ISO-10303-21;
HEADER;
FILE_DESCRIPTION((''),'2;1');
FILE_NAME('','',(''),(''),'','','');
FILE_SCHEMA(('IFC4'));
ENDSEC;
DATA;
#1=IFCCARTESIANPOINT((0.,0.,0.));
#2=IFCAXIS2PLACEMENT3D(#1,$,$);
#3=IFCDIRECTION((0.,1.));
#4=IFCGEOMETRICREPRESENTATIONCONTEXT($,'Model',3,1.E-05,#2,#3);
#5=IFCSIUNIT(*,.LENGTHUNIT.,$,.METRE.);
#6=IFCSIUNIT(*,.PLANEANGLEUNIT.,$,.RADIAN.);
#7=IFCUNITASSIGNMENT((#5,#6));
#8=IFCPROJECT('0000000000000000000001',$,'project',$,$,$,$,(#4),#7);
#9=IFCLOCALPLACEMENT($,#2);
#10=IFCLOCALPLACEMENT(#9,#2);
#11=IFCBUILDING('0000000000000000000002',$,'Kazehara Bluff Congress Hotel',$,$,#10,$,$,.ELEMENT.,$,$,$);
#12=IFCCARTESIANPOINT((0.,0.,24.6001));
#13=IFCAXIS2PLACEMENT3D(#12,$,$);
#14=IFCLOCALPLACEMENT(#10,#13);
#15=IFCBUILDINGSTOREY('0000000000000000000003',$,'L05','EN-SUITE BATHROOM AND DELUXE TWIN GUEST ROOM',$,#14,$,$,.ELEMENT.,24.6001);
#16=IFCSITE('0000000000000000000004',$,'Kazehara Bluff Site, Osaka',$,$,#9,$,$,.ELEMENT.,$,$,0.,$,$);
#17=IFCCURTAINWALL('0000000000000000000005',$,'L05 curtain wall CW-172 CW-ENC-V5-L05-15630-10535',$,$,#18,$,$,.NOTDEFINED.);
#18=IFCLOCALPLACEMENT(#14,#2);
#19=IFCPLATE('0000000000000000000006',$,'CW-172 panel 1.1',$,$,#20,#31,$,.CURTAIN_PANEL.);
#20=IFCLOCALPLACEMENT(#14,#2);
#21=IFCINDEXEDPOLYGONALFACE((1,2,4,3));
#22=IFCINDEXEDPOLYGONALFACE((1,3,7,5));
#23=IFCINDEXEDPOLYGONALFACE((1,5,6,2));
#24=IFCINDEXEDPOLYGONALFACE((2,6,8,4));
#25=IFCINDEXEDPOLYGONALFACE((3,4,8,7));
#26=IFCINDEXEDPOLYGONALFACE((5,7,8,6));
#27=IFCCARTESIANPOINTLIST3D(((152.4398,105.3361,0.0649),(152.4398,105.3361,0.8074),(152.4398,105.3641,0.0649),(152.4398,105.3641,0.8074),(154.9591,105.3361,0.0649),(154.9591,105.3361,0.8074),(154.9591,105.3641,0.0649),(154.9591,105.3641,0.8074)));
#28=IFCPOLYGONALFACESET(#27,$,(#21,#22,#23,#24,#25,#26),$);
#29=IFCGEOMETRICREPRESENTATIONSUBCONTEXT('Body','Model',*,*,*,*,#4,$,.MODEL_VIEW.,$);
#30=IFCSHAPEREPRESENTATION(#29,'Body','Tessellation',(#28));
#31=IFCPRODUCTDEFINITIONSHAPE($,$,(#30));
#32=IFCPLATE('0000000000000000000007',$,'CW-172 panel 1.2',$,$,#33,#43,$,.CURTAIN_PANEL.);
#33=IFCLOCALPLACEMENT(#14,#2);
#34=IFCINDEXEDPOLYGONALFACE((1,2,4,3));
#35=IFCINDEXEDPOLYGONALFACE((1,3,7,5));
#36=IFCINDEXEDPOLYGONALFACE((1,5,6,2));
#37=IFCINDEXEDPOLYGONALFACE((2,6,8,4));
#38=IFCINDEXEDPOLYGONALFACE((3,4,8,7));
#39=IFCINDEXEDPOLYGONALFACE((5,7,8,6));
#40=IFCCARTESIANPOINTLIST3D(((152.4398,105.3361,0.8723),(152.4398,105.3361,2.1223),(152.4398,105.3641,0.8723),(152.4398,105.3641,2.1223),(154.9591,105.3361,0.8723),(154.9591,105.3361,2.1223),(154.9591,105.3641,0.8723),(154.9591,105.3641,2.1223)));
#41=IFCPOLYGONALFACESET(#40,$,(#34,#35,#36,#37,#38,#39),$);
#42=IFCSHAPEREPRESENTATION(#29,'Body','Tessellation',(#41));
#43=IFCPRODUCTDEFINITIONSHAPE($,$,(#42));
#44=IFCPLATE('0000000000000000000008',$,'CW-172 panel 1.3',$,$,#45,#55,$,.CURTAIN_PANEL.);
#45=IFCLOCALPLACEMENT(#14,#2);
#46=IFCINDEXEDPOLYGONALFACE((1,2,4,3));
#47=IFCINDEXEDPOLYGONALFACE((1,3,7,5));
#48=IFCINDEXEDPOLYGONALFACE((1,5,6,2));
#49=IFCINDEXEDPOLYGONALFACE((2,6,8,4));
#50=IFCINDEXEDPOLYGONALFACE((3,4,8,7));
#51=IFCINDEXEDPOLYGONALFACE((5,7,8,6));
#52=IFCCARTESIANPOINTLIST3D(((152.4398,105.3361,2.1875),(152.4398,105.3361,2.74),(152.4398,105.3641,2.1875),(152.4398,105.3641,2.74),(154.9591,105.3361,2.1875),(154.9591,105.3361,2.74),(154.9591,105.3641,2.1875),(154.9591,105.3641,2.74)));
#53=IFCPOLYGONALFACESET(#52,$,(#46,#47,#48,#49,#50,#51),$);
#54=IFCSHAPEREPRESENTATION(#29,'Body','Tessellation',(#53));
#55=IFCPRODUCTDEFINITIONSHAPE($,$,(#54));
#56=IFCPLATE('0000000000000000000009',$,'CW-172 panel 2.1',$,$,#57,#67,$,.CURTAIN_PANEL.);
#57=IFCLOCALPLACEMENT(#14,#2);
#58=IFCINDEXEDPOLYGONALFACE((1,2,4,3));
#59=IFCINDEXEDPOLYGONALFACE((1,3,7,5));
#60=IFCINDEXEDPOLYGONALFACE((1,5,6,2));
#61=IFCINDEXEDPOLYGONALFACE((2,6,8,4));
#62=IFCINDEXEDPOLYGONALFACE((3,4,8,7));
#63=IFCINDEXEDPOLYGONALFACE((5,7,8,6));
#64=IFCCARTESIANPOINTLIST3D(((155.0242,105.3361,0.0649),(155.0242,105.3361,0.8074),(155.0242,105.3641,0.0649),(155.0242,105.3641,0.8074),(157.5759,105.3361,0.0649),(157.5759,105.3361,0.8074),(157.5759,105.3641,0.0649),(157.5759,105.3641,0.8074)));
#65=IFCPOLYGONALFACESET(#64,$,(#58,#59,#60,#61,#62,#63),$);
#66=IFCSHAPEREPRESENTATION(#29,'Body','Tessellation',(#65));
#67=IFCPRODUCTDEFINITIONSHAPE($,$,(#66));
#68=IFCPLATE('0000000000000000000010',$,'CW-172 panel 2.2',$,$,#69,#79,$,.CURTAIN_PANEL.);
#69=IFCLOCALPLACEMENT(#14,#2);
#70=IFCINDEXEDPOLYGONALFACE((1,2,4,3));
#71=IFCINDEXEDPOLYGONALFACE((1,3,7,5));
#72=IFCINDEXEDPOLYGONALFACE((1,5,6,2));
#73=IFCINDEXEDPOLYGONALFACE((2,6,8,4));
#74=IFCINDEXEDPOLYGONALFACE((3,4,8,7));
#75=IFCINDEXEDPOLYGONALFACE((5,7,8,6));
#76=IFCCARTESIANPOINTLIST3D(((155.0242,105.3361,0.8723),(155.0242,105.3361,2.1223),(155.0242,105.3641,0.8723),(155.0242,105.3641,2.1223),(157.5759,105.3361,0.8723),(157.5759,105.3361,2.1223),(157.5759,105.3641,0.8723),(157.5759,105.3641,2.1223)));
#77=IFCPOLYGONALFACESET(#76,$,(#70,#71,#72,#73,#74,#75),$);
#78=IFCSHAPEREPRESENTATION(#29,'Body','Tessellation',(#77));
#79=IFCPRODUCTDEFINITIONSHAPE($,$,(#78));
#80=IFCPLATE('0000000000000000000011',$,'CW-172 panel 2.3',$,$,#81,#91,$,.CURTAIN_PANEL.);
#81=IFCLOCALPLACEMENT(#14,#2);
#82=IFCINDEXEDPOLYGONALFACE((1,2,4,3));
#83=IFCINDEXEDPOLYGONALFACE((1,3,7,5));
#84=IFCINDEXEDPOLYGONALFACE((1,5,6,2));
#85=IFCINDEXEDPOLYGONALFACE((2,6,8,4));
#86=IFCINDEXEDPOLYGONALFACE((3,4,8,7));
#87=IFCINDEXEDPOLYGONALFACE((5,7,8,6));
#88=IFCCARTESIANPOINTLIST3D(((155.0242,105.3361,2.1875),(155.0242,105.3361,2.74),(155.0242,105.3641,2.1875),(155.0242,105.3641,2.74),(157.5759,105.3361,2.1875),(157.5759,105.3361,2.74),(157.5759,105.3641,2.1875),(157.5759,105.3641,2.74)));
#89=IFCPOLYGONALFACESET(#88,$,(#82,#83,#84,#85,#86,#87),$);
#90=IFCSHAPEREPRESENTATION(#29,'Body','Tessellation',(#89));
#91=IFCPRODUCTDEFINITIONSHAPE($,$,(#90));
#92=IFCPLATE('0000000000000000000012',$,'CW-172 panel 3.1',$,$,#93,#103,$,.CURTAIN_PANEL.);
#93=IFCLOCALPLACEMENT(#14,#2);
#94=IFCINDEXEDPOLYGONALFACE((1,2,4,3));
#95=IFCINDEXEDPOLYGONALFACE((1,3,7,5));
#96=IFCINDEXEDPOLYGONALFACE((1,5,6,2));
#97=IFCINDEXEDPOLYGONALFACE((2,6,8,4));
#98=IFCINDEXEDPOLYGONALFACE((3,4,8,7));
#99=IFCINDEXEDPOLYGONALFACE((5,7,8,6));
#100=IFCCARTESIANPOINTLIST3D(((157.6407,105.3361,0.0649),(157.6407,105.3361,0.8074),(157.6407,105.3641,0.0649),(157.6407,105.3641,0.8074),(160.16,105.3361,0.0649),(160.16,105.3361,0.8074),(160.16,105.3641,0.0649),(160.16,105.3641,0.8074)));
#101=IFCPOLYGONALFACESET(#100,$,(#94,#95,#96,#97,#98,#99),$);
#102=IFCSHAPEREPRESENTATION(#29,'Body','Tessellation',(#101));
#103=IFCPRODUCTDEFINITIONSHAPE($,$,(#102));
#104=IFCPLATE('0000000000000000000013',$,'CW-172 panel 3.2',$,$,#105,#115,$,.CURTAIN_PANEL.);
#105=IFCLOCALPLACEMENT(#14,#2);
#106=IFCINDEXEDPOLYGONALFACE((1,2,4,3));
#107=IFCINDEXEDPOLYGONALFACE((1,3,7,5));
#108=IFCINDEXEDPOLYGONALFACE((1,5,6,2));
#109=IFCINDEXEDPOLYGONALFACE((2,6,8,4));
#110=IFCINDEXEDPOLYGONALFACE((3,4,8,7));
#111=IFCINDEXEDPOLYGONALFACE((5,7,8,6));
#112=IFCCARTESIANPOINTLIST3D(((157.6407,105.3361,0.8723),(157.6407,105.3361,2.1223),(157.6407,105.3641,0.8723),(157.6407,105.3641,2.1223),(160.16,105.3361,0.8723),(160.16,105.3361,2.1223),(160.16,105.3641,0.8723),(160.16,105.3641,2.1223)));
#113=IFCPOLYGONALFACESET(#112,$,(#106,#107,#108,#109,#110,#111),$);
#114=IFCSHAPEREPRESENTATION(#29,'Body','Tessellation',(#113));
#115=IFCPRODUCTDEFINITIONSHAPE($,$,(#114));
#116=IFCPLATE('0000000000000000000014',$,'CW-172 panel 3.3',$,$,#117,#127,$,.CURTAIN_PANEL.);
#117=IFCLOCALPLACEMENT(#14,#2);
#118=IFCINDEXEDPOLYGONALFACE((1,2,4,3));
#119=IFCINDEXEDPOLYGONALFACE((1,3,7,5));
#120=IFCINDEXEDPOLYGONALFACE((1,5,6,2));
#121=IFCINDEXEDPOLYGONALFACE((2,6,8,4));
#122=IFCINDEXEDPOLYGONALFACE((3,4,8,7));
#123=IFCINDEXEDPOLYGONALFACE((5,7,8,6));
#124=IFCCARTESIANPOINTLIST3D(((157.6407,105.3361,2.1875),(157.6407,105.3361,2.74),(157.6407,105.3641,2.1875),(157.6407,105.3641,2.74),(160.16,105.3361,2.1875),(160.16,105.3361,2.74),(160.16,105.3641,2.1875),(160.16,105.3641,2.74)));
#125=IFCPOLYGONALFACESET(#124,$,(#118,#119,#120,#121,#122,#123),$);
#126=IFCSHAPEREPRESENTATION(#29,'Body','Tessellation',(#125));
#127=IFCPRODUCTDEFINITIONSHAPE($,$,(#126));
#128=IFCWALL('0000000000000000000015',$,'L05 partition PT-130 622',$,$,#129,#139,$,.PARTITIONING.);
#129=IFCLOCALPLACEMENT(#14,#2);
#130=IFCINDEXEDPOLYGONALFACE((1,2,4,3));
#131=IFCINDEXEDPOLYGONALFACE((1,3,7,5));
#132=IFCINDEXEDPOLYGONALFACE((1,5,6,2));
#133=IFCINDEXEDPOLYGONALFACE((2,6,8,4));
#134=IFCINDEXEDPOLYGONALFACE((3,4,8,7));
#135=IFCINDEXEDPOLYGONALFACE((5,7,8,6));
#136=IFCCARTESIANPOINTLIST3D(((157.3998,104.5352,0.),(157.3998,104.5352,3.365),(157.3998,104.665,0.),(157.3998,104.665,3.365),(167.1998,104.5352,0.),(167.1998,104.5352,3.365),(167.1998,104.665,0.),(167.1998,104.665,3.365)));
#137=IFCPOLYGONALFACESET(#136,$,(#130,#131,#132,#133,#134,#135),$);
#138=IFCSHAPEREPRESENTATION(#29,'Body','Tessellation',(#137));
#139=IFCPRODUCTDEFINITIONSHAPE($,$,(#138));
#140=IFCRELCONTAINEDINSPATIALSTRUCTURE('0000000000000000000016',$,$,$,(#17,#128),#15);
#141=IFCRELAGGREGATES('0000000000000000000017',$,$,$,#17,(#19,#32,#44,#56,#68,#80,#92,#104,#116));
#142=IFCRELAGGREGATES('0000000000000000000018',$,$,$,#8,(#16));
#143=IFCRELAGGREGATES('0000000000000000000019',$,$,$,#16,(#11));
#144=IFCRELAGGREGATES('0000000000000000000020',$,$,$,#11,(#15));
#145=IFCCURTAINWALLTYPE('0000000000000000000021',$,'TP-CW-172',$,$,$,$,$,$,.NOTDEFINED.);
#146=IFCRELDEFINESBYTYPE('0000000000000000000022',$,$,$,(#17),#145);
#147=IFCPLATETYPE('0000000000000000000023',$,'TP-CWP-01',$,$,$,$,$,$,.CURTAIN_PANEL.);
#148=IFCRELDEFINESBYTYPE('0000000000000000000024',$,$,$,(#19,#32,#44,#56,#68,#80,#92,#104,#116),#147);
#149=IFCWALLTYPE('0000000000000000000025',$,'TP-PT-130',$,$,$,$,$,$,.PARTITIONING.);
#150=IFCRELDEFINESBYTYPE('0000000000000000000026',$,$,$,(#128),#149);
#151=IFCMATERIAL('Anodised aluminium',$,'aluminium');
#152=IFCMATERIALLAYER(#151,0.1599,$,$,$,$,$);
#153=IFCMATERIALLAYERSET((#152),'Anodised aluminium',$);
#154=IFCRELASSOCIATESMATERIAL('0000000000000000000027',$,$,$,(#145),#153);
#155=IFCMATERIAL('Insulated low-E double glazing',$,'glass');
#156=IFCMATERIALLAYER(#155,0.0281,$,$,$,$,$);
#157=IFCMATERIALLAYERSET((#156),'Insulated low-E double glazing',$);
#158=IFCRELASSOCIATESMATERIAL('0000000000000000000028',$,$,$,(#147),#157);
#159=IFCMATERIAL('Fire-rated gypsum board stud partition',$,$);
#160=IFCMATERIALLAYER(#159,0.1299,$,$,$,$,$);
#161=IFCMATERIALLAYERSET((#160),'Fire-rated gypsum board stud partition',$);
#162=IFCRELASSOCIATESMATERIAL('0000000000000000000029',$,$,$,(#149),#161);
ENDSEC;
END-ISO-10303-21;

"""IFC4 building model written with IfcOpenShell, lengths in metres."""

from ifc_helpers import new_model, si_unit, direction, frame, frame_2d, origin, origin_2d, place, context, subcontext, project, spatial, rectangle, extrude, material, layer, layer_set, type_object, element, aggregate, save


model = new_model("IFC4")

# Units and contexts
model_context = context("Model", 3, precision=1e-05, world=origin(), true_north=direction((0.0, 1.0)))
body_context = subcontext(model_context, "Body", "Model", "MODEL_VIEW")
ifc_project = project(units=[si_unit("LENGTHUNIT", "METRE"), si_unit("PLANEANGLEUNIT", "RADIAN")], contexts=[model_context])

# Site, building, storey
site_placement = place(None, origin())
site = spatial("IfcSite", under=ifc_project, at=site_placement, Name="Kazehara Bluff Site, Osaka", CompositionType="ELEMENT", RefElevation=0.0)
building_placement = place(site_placement, origin())
building = spatial("IfcBuilding", under=site, at=building_placement, Name="Kazehara Bluff Congress Hotel", CompositionType="ELEMENT")
storey_placement = place(building_placement, frame((0.0, 0.0, 24.6001)))
storey = spatial("IfcBuildingStorey", under=building, at=storey_placement, Name="L05", Description="EN-SUITE BATHROOM AND DELUXE TWIN GUEST ROOM", CompositionType="ELEMENT", Elevation=24.6001)

# Curtain wall
ifc_material_1 = material(Name="Anodised aluminium", Category="aluminium")
ifc_layer_1 = layer(ifc_material_1, 0.1599)
ifc_layer_set_1 = layer_set([ifc_layer_1], Name="Anodised aluminium")
curtain_wall_type = type_object("IfcCurtainWallType", Name="TP-CW-172", PredefinedType="NOTDEFINED", material=ifc_layer_set_1)
curtain_wall_placement = place(storey_placement, origin())
curtain_wall = element("IfcCurtainWall", 1, at=curtain_wall_placement, inside=storey, type_object=curtain_wall_type, Name="L05 curtain wall CW-172 CW-ENC-V5-L05-15630-10535", PredefinedType="NOTDEFINED")

# Plates
ifc_material_2 = material(Name="Insulated low-E double glazing", Category="glass")
ifc_layer_2 = layer(ifc_material_2, 0.0281)
ifc_layer_set_2 = layer_set([ifc_layer_2], Name="Insulated low-E double glazing")
plate_type = type_object("IfcPlateType", Name="TP-CWP-01", PredefinedType="CURTAIN_PANEL", material=ifc_layer_set_2)
plate_1_placement = place(storey_placement, frame((153.6995, 105.3501, 0.0649), z_axis=(0.0, 0.0, 1.0), x_axis=(1.0, 0.0, 0.0)))
plate_1 = element("IfcPlate", 2, at=plate_1_placement, type_object=plate_type, Name="CW-172 panel 1.1", PredefinedType="CURTAIN_PANEL", context=body_context, shape_type="SweptSolid", body=[
    extrude(rectangle(XDim=2.5193, YDim=0.0281, at=origin_2d()), origin(), (0.0, 0.0, 1.0), 0.7424),
])
plate_2_placement = place(storey_placement, frame((153.6995, 105.3501, 0.8723), z_axis=(0.0, 0.0, 1.0), x_axis=(1.0, 0.0, 0.0)))
plate_2 = element("IfcPlate", 3, at=plate_2_placement, type_object=plate_type, Name="CW-172 panel 1.2", PredefinedType="CURTAIN_PANEL", context=body_context, shape_type="SweptSolid", body=[
    extrude(rectangle(XDim=2.5193, YDim=0.0281, at=origin_2d()), origin(), (0.0, 0.0, 1.0), 1.25),
])
plate_3_placement = place(storey_placement, frame((153.6995, 105.3501, 2.1875), z_axis=(0.0, 0.0, 1.0), x_axis=(1.0, 0.0, 0.0)))
plate_3 = element("IfcPlate", 4, at=plate_3_placement, type_object=plate_type, Name="CW-172 panel 1.3", PredefinedType="CURTAIN_PANEL", context=body_context, shape_type="SweptSolid", body=[
    extrude(rectangle(XDim=2.5193, YDim=0.0281, at=origin_2d()), origin(), (0.0, 0.0, 1.0), 0.5525),
])
plate_4_placement = place(storey_placement, frame((156.3, 105.3501, 0.0649), z_axis=(0.0, 0.0, 1.0), x_axis=(1.0, 0.0, 0.0)))
plate_4 = element("IfcPlate", 5, at=plate_4_placement, type_object=plate_type, Name="CW-172 panel 2.1", PredefinedType="CURTAIN_PANEL", context=body_context, shape_type="SweptSolid", body=[
    extrude(rectangle(XDim=2.5518, YDim=0.0281, at=origin_2d()), origin(), (0.0, 0.0, 1.0), 0.7424),
])
plate_5_placement = place(storey_placement, frame((156.3, 105.3501, 0.8723), z_axis=(0.0, 0.0, 1.0), x_axis=(1.0, 0.0, 0.0)))
plate_5 = element("IfcPlate", 6, at=plate_5_placement, type_object=plate_type, Name="CW-172 panel 2.2", PredefinedType="CURTAIN_PANEL", context=body_context, shape_type="SweptSolid", body=[
    extrude(rectangle(XDim=2.5518, YDim=0.0281, at=origin_2d()), origin(), (0.0, 0.0, 1.0), 1.25),
])
plate_6_placement = place(storey_placement, frame((156.3, 105.3501, 2.1875), z_axis=(0.0, 0.0, 1.0), x_axis=(1.0, 0.0, 0.0)))
plate_6 = element("IfcPlate", 7, at=plate_6_placement, type_object=plate_type, Name="CW-172 panel 2.3", PredefinedType="CURTAIN_PANEL", context=body_context, shape_type="SweptSolid", body=[
    extrude(rectangle(XDim=2.5518, YDim=0.0281, at=origin_2d()), origin(), (0.0, 0.0, 1.0), 0.5525),
])
plate_7_placement = place(storey_placement, frame((158.9004, 105.3501, 0.0649), z_axis=(0.0, 0.0, 1.0), x_axis=(1.0, 0.0, 0.0)))
plate_7 = element("IfcPlate", 8, at=plate_7_placement, type_object=plate_type, Name="CW-172 panel 3.1", PredefinedType="CURTAIN_PANEL", context=body_context, shape_type="SweptSolid", body=[
    extrude(rectangle(XDim=2.5193, YDim=0.0281, at=origin_2d()), origin(), (0.0, 0.0, 1.0), 0.7424),
])
plate_8_placement = place(storey_placement, frame((158.9004, 105.3501, 0.8723), z_axis=(0.0, 0.0, 1.0), x_axis=(1.0, 0.0, 0.0)))
plate_8 = element("IfcPlate", 9, at=plate_8_placement, type_object=plate_type, Name="CW-172 panel 3.2", PredefinedType="CURTAIN_PANEL", context=body_context, shape_type="SweptSolid", body=[
    extrude(rectangle(XDim=2.5193, YDim=0.0281, at=origin_2d()), origin(), (0.0, 0.0, 1.0), 1.25),
])
plate_9_placement = place(storey_placement, frame((158.9004, 105.3501, 2.1875), z_axis=(0.0, 0.0, 1.0), x_axis=(1.0, 0.0, 0.0)))
plate_9 = element("IfcPlate", 10, at=plate_9_placement, type_object=plate_type, Name="CW-172 panel 3.3", PredefinedType="CURTAIN_PANEL", context=body_context, shape_type="SweptSolid", body=[
    extrude(rectangle(XDim=2.5193, YDim=0.0281, at=origin_2d()), origin(), (0.0, 0.0, 1.0), 0.5525),
])
aggregate(curtain_wall, [plate_1, plate_2, plate_3, plate_4, plate_5, plate_6, plate_7, plate_8, plate_9])

# Wall
ifc_material_3 = material(Name="Fire-rated gypsum board stud partition")
ifc_layer_3 = layer(ifc_material_3, 0.1299)
ifc_layer_set_3 = layer_set([ifc_layer_3], Name="Fire-rated gypsum board stud partition")
wall_type = type_object("IfcWallType", Name="TP-PT-130", PredefinedType="PARTITIONING", material=ifc_layer_set_3)
wall_placement = place(storey_placement, frame((157.3999, 104.6001, 0.0), z_axis=(0.0, 0.0, 1.0), x_axis=(1.0, 0.0, 0.0)))
element("IfcWall", 11, at=wall_placement, inside=storey, type_object=wall_type, Name="L05 partition PT-130 622", PredefinedType="PARTITIONING", context=body_context, shape_type="SweptSolid", body=[
    extrude(rectangle(XDim=9.8, YDim=0.1299, at=frame_2d((4.8999, 0.0))), origin(), (0.0, 0.0, 1.0), 3.365),
])

save(model, "model.ifc")
